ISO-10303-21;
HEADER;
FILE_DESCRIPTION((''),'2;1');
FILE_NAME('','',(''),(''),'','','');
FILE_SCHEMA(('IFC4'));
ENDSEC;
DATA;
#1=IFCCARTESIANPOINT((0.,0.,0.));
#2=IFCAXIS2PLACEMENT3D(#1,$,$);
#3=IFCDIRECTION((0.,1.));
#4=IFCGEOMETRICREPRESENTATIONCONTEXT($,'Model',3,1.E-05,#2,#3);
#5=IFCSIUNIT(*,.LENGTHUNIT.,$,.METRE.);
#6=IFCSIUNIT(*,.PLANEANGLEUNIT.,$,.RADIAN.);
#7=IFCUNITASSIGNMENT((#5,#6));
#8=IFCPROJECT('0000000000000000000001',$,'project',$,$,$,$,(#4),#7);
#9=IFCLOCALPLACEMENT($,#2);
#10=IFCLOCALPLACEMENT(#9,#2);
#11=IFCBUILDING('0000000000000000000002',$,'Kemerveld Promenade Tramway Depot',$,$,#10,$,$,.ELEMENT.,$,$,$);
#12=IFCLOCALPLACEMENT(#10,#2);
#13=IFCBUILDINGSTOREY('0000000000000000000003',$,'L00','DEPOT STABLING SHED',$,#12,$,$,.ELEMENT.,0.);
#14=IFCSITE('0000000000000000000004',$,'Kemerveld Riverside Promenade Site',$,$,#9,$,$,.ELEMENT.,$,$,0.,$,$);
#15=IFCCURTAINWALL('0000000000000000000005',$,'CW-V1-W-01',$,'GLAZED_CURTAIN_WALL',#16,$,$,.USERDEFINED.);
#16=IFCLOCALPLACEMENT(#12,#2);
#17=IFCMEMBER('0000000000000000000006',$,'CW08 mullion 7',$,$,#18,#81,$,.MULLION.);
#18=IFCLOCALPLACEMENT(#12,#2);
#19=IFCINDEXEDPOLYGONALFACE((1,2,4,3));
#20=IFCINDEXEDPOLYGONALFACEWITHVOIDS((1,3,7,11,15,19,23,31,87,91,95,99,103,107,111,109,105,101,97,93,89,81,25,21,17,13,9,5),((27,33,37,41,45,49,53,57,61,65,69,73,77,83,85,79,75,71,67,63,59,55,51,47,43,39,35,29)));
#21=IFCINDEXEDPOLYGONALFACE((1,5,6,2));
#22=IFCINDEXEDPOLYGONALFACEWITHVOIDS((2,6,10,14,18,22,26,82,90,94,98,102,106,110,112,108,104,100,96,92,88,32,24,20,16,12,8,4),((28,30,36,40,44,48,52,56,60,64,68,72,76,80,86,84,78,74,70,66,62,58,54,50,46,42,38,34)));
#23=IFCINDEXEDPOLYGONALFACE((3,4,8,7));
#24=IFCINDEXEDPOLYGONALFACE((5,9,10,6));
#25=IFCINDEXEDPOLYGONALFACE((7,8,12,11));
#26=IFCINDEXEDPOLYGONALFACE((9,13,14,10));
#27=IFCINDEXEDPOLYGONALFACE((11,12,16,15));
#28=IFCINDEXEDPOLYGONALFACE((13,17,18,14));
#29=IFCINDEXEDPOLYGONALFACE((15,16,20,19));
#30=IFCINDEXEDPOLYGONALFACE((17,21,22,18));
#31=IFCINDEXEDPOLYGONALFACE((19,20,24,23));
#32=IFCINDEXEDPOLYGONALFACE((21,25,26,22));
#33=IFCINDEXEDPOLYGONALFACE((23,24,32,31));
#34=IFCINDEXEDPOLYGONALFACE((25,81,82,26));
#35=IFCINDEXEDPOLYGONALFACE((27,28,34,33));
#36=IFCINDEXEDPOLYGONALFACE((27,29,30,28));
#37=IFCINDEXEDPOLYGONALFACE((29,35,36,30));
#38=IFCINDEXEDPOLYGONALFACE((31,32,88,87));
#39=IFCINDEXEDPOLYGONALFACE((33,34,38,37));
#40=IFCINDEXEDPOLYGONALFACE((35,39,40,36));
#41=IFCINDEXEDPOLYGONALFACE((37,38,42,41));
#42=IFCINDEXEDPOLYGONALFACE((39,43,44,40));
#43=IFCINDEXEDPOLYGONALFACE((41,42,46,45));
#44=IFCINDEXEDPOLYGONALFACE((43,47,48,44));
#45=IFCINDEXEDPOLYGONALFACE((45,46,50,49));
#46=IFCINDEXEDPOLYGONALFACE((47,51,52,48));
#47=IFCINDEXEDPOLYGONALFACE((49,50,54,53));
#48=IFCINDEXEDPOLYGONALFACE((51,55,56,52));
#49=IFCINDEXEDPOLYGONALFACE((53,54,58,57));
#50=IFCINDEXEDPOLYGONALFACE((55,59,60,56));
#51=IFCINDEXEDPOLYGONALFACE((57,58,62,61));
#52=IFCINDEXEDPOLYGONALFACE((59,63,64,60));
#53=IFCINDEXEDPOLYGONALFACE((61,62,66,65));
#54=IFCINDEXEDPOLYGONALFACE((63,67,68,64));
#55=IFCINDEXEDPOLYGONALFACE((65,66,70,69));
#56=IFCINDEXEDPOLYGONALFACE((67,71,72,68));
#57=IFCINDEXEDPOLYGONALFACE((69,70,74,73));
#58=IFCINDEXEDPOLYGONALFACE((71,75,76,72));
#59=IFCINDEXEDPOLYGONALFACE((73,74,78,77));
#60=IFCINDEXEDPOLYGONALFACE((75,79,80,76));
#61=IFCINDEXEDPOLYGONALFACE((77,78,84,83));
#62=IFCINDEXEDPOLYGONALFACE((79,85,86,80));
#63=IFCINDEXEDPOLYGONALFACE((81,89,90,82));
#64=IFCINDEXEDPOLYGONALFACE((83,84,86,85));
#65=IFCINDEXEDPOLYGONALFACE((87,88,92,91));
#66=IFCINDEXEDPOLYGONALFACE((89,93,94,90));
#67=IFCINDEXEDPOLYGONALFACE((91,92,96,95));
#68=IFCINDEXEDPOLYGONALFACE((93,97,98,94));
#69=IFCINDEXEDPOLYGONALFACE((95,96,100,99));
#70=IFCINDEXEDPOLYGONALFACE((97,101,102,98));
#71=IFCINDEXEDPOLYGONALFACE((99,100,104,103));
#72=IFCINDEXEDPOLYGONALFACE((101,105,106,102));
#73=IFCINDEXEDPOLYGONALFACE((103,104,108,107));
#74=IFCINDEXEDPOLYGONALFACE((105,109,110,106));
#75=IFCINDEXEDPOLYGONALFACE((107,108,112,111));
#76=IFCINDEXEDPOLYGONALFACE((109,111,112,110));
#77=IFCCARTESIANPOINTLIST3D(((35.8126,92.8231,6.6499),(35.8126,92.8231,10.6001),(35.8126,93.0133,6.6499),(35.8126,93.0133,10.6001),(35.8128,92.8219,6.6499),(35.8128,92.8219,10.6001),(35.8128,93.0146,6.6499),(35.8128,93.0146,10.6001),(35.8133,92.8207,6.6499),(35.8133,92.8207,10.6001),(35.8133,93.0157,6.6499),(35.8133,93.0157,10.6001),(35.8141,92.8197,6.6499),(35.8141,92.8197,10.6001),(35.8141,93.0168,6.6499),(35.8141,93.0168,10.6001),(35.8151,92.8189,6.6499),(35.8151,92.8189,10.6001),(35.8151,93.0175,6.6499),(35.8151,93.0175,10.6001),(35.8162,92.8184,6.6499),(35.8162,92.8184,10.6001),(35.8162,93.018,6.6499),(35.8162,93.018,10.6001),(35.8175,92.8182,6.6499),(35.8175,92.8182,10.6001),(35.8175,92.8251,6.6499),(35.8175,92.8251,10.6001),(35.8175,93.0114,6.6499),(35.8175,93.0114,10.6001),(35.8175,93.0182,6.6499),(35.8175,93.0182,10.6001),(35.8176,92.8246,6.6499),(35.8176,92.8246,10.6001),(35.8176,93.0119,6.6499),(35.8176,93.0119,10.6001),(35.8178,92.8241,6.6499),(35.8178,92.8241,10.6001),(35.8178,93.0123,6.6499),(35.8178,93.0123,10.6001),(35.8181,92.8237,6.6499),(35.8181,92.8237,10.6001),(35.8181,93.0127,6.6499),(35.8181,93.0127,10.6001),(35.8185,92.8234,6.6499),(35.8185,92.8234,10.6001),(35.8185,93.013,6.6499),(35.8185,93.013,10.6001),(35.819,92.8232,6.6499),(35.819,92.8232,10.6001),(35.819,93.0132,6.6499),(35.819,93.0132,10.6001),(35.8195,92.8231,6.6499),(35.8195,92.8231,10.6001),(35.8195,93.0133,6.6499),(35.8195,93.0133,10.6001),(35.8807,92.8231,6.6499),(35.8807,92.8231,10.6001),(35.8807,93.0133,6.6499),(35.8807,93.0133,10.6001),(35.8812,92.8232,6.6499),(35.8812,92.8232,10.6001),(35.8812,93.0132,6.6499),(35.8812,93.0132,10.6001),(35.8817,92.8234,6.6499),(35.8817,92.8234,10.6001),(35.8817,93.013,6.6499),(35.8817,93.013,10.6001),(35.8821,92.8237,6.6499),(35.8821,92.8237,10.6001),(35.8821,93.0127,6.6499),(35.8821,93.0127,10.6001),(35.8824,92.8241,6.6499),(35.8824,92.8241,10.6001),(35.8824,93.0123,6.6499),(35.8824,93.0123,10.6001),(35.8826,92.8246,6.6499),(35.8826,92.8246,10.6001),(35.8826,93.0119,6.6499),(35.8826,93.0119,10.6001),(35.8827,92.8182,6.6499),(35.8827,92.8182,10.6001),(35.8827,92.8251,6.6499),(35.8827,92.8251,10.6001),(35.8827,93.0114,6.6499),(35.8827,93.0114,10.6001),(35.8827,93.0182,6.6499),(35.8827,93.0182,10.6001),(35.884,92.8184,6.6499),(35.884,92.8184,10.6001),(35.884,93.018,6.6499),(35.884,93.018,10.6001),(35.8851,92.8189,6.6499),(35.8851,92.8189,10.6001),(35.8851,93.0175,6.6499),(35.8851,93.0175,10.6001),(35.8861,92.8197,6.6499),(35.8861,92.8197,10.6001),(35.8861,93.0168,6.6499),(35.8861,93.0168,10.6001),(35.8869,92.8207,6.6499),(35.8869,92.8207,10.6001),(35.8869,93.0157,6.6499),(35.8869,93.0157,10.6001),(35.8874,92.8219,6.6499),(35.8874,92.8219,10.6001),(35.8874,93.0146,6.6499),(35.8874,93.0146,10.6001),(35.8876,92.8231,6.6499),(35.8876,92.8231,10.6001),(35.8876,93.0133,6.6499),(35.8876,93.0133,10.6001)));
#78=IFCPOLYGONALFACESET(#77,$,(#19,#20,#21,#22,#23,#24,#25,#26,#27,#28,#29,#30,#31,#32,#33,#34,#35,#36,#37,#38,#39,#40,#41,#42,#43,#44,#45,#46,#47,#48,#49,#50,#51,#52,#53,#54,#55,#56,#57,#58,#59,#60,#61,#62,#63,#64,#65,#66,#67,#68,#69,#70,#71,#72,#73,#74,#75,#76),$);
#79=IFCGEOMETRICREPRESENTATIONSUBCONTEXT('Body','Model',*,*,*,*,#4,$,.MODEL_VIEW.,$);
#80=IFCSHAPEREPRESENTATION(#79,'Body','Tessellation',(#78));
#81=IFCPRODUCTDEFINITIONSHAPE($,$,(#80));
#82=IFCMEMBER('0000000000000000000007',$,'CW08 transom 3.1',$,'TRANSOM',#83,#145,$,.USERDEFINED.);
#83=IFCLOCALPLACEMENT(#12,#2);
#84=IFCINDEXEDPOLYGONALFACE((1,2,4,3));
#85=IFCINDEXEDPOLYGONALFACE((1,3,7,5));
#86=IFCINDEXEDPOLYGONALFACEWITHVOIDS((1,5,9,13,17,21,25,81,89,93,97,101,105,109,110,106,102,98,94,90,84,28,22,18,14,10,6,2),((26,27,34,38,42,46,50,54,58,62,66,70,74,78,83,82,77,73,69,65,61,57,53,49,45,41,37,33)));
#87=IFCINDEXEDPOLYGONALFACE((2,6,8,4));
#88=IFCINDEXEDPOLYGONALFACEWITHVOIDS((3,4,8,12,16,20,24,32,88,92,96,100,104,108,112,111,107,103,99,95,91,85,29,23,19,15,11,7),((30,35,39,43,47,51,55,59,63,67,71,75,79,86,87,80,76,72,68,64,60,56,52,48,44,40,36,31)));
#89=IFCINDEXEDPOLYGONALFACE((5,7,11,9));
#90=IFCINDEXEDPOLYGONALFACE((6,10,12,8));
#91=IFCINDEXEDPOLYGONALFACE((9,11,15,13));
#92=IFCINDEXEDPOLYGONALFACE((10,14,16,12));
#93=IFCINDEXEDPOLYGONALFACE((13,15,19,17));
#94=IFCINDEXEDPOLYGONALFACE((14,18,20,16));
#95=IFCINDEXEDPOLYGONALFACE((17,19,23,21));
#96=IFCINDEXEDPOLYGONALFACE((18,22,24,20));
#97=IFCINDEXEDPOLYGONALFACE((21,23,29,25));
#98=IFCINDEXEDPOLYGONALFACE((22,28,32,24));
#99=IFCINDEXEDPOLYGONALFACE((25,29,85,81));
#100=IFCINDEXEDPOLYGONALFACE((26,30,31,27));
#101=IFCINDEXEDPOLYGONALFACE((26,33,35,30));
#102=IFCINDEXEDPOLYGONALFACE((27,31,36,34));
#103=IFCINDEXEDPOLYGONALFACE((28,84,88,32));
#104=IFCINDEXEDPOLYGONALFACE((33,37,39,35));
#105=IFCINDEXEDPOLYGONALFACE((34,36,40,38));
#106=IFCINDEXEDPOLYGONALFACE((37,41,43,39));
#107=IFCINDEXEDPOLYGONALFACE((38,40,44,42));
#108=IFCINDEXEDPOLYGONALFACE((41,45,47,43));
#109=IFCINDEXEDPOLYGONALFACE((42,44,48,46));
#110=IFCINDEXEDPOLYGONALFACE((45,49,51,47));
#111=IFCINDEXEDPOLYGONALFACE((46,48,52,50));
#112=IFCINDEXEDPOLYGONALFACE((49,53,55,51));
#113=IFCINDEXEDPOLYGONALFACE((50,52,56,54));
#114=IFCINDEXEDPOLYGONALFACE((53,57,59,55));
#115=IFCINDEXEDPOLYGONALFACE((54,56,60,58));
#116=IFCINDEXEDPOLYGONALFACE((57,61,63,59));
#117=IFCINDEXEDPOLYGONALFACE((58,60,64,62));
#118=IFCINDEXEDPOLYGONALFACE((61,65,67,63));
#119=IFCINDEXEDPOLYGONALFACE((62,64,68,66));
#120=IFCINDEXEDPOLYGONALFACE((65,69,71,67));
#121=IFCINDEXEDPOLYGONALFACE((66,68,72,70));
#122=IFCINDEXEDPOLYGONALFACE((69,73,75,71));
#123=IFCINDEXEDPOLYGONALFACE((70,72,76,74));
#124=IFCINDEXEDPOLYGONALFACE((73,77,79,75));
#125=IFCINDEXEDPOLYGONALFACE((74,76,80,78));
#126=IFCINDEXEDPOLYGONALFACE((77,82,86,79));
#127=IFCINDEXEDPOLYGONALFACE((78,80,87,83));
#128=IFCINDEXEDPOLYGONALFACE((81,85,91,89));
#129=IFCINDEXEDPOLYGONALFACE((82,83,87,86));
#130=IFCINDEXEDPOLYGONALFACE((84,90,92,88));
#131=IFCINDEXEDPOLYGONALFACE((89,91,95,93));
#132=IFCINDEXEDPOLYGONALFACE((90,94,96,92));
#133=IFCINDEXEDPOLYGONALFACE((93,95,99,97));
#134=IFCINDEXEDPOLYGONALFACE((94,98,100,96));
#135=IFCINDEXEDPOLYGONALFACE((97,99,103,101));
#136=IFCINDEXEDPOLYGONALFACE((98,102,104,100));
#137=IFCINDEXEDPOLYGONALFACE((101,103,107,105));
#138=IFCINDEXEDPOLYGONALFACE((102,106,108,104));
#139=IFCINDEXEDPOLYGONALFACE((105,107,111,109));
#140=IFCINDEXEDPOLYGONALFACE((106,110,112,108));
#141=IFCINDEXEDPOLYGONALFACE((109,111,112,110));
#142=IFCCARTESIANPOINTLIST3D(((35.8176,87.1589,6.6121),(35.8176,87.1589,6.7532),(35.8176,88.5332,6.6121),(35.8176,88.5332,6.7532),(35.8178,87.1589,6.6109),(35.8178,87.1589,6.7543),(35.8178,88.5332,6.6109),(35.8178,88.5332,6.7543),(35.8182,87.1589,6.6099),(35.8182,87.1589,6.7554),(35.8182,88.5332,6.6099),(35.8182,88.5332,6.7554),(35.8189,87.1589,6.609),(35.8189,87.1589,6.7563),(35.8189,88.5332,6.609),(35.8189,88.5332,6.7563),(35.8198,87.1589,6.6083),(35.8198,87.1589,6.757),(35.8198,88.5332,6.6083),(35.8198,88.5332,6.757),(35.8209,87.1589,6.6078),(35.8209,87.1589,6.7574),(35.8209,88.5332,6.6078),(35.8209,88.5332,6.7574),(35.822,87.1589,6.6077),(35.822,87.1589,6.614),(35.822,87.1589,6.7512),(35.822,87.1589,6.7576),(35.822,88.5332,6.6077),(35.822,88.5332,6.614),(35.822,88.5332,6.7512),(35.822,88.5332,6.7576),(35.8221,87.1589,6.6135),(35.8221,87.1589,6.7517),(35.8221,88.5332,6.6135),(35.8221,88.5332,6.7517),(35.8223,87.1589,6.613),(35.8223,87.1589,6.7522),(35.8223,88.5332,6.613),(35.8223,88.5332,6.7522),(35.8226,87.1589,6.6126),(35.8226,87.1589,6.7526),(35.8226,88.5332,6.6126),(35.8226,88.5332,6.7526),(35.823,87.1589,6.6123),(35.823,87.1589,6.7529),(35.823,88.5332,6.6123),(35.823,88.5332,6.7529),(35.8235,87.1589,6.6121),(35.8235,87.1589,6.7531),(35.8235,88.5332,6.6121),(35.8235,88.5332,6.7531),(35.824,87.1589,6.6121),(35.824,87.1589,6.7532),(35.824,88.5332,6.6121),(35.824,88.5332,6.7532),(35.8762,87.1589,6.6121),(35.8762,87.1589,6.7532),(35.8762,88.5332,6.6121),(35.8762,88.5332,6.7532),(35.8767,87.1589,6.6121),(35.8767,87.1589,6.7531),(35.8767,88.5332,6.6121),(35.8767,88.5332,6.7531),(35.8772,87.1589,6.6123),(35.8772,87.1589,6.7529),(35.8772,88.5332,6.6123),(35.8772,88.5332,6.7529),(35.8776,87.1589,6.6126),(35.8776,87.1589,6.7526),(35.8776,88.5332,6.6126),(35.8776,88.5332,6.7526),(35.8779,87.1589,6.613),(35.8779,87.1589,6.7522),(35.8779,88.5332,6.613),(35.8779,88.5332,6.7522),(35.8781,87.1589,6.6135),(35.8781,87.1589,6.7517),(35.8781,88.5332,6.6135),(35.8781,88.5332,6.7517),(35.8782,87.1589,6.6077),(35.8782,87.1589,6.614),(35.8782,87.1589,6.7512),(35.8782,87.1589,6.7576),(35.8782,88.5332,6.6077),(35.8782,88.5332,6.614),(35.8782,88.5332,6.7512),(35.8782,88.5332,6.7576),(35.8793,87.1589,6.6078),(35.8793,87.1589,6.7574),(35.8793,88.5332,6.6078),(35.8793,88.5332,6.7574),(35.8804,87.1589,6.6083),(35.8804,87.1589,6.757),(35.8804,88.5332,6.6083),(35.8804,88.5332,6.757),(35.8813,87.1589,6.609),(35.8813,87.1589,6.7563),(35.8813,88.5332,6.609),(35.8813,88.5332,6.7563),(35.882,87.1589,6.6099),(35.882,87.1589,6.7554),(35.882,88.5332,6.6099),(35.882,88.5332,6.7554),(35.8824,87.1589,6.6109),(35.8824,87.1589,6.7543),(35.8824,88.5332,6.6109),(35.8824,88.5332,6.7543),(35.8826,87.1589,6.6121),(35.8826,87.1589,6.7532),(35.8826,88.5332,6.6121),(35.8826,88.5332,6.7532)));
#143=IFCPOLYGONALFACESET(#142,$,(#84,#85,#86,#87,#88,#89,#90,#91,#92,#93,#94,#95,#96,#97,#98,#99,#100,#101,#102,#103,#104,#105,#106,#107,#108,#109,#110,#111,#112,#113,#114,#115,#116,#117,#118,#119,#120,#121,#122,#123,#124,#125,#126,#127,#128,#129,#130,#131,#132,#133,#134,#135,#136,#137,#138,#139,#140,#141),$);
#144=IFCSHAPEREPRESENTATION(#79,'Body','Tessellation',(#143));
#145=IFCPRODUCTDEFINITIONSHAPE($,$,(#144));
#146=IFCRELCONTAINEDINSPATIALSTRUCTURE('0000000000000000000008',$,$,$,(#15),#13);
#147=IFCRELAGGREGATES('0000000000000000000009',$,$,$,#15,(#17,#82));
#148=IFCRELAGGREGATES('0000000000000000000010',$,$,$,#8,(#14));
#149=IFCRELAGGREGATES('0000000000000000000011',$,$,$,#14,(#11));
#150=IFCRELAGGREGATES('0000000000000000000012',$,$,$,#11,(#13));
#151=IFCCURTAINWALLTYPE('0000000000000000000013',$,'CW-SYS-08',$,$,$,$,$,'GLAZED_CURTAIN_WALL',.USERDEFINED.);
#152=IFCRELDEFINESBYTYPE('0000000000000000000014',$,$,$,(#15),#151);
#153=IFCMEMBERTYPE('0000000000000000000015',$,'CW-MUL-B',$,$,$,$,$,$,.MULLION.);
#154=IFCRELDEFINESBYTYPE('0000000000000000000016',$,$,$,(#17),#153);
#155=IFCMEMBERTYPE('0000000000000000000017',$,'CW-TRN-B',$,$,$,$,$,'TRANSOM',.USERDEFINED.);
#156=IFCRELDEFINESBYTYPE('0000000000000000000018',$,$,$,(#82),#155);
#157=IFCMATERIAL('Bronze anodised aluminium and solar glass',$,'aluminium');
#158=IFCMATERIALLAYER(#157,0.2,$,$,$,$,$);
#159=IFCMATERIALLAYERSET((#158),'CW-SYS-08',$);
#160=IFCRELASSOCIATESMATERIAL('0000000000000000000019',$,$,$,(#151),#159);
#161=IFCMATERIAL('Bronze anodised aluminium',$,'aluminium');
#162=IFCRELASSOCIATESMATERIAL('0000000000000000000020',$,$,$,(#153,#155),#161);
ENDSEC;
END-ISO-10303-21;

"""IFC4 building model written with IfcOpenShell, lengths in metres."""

from ifc_helpers import new_model, si_unit, direction, frame, origin, origin_2d, place, context, subcontext, project, spatial, hollow_rectangle, extrude, material, layer, layer_set, material_profile, profile_set, type_object, element, aggregate, save


model = new_model("IFC4")

# Units and contexts
model_context = context("Model", 3, precision=1e-05, world=origin(), true_north=direction((0.0, 1.0)))
body_context = subcontext(model_context, "Body", "Model", "MODEL_VIEW")
ifc_project = project(units=[si_unit("LENGTHUNIT", "METRE"), si_unit("PLANEANGLEUNIT", "RADIAN")], contexts=[model_context])

# Site, building, storey
site_placement = place(None, origin())
site = spatial("IfcSite", under=ifc_project, at=site_placement, Name="Kemerveld Riverside Promenade Site", CompositionType="ELEMENT", RefElevation=0.0)
building_placement = place(site_placement, origin())
building = spatial("IfcBuilding", under=site, at=building_placement, Name="Kemerveld Promenade Tramway Depot", CompositionType="ELEMENT")
storey_placement = place(building_placement, origin())
storey = spatial("IfcBuildingStorey", under=building, at=storey_placement, Name="L00", Description="DEPOT STABLING SHED", CompositionType="ELEMENT", Elevation=0.0)

# Curtain wall, members
ifc_material_1 = material(Name="Bronze anodised aluminium and solar glass", Category="aluminium")
ifc_layer_1 = layer(ifc_material_1, 0.2)
ifc_layer_set_1 = layer_set([ifc_layer_1], Name="CW-SYS-08")
curtain_wall_type = type_object("IfcCurtainWallType", Name="CW-SYS-08", ElementType="GLAZED_CURTAIN_WALL", PredefinedType="USERDEFINED", material=ifc_layer_set_1)
curtain_wall_placement = place(storey_placement, origin())
curtain_wall = element("IfcCurtainWall", 1, at=curtain_wall_placement, inside=storey, type_object=curtain_wall_type, Name="CW-V1-W-01", ObjectType="GLAZED_CURTAIN_WALL", PredefinedType="USERDEFINED")
ifc_material_2 = material(Name="Bronze anodised aluminium", Category="aluminium")
ifc_material_profile_1 = material_profile(ifc_material_2, hollow_rectangle(XDim=0.075, YDim=0.2, WallThickness=0.0049, InnerFilletRadius=0.002, OuterFilletRadius=0.0049, at=origin_2d()), Name="CW-MUL-200x75")
ifc_profile_set_1 = profile_set([ifc_material_profile_1], Name="Bronze anodised aluminium")
member_type_1 = type_object("IfcMemberType", Name="CW-MUL-B", PredefinedType="MULLION", material=ifc_profile_set_1)
member_1_placement = place(storey_placement, frame((35.8501, 92.9182, 6.6499), z_axis=(0.0, 0.0, 1.0), x_axis=(-1.0, 0.0, 0.0)))
member_1 = element("IfcMember", 2, at=member_1_placement, type_object=member_type_1, Name="CW08 mullion 7", PredefinedType="MULLION", context=body_context, shape_type="SweptSolid", body=[
    extrude(hollow_rectangle(XDim=0.075, YDim=0.2, WallThickness=0.0049, InnerFilletRadius=0.002, OuterFilletRadius=0.0049, at=origin_2d()), origin(), (0.0, 0.0, 1.0), 3.9502),
])
ifc_material_profile_2 = material_profile(ifc_material_2, hollow_rectangle(XDim=0.0649, YDim=0.1499, WallThickness=0.0044, InnerFilletRadius=0.002, OuterFilletRadius=0.0044, at=origin_2d()), Name="CW-TRN-150x65")
ifc_profile_set_2 = profile_set([ifc_material_profile_2], Name="Bronze anodised aluminium")
member_type_2 = type_object("IfcMemberType", Name="CW-TRN-B", ElementType="TRANSOM", PredefinedType="USERDEFINED", material=ifc_profile_set_2)
member_2_placement = place(storey_placement, frame((35.8501, 87.1589, 6.6826), z_axis=(0.0, 1.0, 0.0), x_axis=(-1.0, 0.0, 0.0)))
member_2 = element("IfcMember", 3, at=member_2_placement, type_object=member_type_2, Name="CW08 transom 3.1", ObjectType="TRANSOM", PredefinedType="USERDEFINED", context=body_context, shape_type="SweptSolid", body=[
    extrude(hollow_rectangle(XDim=0.0649, YDim=0.1499, WallThickness=0.0044, InnerFilletRadius=0.002, OuterFilletRadius=0.0044, at=origin_2d()), origin(), (0.0, 0.0, 1.0), 1.3743),
])
aggregate(curtain_wall, [member_1, member_2])

save(model, "model.ifc")
